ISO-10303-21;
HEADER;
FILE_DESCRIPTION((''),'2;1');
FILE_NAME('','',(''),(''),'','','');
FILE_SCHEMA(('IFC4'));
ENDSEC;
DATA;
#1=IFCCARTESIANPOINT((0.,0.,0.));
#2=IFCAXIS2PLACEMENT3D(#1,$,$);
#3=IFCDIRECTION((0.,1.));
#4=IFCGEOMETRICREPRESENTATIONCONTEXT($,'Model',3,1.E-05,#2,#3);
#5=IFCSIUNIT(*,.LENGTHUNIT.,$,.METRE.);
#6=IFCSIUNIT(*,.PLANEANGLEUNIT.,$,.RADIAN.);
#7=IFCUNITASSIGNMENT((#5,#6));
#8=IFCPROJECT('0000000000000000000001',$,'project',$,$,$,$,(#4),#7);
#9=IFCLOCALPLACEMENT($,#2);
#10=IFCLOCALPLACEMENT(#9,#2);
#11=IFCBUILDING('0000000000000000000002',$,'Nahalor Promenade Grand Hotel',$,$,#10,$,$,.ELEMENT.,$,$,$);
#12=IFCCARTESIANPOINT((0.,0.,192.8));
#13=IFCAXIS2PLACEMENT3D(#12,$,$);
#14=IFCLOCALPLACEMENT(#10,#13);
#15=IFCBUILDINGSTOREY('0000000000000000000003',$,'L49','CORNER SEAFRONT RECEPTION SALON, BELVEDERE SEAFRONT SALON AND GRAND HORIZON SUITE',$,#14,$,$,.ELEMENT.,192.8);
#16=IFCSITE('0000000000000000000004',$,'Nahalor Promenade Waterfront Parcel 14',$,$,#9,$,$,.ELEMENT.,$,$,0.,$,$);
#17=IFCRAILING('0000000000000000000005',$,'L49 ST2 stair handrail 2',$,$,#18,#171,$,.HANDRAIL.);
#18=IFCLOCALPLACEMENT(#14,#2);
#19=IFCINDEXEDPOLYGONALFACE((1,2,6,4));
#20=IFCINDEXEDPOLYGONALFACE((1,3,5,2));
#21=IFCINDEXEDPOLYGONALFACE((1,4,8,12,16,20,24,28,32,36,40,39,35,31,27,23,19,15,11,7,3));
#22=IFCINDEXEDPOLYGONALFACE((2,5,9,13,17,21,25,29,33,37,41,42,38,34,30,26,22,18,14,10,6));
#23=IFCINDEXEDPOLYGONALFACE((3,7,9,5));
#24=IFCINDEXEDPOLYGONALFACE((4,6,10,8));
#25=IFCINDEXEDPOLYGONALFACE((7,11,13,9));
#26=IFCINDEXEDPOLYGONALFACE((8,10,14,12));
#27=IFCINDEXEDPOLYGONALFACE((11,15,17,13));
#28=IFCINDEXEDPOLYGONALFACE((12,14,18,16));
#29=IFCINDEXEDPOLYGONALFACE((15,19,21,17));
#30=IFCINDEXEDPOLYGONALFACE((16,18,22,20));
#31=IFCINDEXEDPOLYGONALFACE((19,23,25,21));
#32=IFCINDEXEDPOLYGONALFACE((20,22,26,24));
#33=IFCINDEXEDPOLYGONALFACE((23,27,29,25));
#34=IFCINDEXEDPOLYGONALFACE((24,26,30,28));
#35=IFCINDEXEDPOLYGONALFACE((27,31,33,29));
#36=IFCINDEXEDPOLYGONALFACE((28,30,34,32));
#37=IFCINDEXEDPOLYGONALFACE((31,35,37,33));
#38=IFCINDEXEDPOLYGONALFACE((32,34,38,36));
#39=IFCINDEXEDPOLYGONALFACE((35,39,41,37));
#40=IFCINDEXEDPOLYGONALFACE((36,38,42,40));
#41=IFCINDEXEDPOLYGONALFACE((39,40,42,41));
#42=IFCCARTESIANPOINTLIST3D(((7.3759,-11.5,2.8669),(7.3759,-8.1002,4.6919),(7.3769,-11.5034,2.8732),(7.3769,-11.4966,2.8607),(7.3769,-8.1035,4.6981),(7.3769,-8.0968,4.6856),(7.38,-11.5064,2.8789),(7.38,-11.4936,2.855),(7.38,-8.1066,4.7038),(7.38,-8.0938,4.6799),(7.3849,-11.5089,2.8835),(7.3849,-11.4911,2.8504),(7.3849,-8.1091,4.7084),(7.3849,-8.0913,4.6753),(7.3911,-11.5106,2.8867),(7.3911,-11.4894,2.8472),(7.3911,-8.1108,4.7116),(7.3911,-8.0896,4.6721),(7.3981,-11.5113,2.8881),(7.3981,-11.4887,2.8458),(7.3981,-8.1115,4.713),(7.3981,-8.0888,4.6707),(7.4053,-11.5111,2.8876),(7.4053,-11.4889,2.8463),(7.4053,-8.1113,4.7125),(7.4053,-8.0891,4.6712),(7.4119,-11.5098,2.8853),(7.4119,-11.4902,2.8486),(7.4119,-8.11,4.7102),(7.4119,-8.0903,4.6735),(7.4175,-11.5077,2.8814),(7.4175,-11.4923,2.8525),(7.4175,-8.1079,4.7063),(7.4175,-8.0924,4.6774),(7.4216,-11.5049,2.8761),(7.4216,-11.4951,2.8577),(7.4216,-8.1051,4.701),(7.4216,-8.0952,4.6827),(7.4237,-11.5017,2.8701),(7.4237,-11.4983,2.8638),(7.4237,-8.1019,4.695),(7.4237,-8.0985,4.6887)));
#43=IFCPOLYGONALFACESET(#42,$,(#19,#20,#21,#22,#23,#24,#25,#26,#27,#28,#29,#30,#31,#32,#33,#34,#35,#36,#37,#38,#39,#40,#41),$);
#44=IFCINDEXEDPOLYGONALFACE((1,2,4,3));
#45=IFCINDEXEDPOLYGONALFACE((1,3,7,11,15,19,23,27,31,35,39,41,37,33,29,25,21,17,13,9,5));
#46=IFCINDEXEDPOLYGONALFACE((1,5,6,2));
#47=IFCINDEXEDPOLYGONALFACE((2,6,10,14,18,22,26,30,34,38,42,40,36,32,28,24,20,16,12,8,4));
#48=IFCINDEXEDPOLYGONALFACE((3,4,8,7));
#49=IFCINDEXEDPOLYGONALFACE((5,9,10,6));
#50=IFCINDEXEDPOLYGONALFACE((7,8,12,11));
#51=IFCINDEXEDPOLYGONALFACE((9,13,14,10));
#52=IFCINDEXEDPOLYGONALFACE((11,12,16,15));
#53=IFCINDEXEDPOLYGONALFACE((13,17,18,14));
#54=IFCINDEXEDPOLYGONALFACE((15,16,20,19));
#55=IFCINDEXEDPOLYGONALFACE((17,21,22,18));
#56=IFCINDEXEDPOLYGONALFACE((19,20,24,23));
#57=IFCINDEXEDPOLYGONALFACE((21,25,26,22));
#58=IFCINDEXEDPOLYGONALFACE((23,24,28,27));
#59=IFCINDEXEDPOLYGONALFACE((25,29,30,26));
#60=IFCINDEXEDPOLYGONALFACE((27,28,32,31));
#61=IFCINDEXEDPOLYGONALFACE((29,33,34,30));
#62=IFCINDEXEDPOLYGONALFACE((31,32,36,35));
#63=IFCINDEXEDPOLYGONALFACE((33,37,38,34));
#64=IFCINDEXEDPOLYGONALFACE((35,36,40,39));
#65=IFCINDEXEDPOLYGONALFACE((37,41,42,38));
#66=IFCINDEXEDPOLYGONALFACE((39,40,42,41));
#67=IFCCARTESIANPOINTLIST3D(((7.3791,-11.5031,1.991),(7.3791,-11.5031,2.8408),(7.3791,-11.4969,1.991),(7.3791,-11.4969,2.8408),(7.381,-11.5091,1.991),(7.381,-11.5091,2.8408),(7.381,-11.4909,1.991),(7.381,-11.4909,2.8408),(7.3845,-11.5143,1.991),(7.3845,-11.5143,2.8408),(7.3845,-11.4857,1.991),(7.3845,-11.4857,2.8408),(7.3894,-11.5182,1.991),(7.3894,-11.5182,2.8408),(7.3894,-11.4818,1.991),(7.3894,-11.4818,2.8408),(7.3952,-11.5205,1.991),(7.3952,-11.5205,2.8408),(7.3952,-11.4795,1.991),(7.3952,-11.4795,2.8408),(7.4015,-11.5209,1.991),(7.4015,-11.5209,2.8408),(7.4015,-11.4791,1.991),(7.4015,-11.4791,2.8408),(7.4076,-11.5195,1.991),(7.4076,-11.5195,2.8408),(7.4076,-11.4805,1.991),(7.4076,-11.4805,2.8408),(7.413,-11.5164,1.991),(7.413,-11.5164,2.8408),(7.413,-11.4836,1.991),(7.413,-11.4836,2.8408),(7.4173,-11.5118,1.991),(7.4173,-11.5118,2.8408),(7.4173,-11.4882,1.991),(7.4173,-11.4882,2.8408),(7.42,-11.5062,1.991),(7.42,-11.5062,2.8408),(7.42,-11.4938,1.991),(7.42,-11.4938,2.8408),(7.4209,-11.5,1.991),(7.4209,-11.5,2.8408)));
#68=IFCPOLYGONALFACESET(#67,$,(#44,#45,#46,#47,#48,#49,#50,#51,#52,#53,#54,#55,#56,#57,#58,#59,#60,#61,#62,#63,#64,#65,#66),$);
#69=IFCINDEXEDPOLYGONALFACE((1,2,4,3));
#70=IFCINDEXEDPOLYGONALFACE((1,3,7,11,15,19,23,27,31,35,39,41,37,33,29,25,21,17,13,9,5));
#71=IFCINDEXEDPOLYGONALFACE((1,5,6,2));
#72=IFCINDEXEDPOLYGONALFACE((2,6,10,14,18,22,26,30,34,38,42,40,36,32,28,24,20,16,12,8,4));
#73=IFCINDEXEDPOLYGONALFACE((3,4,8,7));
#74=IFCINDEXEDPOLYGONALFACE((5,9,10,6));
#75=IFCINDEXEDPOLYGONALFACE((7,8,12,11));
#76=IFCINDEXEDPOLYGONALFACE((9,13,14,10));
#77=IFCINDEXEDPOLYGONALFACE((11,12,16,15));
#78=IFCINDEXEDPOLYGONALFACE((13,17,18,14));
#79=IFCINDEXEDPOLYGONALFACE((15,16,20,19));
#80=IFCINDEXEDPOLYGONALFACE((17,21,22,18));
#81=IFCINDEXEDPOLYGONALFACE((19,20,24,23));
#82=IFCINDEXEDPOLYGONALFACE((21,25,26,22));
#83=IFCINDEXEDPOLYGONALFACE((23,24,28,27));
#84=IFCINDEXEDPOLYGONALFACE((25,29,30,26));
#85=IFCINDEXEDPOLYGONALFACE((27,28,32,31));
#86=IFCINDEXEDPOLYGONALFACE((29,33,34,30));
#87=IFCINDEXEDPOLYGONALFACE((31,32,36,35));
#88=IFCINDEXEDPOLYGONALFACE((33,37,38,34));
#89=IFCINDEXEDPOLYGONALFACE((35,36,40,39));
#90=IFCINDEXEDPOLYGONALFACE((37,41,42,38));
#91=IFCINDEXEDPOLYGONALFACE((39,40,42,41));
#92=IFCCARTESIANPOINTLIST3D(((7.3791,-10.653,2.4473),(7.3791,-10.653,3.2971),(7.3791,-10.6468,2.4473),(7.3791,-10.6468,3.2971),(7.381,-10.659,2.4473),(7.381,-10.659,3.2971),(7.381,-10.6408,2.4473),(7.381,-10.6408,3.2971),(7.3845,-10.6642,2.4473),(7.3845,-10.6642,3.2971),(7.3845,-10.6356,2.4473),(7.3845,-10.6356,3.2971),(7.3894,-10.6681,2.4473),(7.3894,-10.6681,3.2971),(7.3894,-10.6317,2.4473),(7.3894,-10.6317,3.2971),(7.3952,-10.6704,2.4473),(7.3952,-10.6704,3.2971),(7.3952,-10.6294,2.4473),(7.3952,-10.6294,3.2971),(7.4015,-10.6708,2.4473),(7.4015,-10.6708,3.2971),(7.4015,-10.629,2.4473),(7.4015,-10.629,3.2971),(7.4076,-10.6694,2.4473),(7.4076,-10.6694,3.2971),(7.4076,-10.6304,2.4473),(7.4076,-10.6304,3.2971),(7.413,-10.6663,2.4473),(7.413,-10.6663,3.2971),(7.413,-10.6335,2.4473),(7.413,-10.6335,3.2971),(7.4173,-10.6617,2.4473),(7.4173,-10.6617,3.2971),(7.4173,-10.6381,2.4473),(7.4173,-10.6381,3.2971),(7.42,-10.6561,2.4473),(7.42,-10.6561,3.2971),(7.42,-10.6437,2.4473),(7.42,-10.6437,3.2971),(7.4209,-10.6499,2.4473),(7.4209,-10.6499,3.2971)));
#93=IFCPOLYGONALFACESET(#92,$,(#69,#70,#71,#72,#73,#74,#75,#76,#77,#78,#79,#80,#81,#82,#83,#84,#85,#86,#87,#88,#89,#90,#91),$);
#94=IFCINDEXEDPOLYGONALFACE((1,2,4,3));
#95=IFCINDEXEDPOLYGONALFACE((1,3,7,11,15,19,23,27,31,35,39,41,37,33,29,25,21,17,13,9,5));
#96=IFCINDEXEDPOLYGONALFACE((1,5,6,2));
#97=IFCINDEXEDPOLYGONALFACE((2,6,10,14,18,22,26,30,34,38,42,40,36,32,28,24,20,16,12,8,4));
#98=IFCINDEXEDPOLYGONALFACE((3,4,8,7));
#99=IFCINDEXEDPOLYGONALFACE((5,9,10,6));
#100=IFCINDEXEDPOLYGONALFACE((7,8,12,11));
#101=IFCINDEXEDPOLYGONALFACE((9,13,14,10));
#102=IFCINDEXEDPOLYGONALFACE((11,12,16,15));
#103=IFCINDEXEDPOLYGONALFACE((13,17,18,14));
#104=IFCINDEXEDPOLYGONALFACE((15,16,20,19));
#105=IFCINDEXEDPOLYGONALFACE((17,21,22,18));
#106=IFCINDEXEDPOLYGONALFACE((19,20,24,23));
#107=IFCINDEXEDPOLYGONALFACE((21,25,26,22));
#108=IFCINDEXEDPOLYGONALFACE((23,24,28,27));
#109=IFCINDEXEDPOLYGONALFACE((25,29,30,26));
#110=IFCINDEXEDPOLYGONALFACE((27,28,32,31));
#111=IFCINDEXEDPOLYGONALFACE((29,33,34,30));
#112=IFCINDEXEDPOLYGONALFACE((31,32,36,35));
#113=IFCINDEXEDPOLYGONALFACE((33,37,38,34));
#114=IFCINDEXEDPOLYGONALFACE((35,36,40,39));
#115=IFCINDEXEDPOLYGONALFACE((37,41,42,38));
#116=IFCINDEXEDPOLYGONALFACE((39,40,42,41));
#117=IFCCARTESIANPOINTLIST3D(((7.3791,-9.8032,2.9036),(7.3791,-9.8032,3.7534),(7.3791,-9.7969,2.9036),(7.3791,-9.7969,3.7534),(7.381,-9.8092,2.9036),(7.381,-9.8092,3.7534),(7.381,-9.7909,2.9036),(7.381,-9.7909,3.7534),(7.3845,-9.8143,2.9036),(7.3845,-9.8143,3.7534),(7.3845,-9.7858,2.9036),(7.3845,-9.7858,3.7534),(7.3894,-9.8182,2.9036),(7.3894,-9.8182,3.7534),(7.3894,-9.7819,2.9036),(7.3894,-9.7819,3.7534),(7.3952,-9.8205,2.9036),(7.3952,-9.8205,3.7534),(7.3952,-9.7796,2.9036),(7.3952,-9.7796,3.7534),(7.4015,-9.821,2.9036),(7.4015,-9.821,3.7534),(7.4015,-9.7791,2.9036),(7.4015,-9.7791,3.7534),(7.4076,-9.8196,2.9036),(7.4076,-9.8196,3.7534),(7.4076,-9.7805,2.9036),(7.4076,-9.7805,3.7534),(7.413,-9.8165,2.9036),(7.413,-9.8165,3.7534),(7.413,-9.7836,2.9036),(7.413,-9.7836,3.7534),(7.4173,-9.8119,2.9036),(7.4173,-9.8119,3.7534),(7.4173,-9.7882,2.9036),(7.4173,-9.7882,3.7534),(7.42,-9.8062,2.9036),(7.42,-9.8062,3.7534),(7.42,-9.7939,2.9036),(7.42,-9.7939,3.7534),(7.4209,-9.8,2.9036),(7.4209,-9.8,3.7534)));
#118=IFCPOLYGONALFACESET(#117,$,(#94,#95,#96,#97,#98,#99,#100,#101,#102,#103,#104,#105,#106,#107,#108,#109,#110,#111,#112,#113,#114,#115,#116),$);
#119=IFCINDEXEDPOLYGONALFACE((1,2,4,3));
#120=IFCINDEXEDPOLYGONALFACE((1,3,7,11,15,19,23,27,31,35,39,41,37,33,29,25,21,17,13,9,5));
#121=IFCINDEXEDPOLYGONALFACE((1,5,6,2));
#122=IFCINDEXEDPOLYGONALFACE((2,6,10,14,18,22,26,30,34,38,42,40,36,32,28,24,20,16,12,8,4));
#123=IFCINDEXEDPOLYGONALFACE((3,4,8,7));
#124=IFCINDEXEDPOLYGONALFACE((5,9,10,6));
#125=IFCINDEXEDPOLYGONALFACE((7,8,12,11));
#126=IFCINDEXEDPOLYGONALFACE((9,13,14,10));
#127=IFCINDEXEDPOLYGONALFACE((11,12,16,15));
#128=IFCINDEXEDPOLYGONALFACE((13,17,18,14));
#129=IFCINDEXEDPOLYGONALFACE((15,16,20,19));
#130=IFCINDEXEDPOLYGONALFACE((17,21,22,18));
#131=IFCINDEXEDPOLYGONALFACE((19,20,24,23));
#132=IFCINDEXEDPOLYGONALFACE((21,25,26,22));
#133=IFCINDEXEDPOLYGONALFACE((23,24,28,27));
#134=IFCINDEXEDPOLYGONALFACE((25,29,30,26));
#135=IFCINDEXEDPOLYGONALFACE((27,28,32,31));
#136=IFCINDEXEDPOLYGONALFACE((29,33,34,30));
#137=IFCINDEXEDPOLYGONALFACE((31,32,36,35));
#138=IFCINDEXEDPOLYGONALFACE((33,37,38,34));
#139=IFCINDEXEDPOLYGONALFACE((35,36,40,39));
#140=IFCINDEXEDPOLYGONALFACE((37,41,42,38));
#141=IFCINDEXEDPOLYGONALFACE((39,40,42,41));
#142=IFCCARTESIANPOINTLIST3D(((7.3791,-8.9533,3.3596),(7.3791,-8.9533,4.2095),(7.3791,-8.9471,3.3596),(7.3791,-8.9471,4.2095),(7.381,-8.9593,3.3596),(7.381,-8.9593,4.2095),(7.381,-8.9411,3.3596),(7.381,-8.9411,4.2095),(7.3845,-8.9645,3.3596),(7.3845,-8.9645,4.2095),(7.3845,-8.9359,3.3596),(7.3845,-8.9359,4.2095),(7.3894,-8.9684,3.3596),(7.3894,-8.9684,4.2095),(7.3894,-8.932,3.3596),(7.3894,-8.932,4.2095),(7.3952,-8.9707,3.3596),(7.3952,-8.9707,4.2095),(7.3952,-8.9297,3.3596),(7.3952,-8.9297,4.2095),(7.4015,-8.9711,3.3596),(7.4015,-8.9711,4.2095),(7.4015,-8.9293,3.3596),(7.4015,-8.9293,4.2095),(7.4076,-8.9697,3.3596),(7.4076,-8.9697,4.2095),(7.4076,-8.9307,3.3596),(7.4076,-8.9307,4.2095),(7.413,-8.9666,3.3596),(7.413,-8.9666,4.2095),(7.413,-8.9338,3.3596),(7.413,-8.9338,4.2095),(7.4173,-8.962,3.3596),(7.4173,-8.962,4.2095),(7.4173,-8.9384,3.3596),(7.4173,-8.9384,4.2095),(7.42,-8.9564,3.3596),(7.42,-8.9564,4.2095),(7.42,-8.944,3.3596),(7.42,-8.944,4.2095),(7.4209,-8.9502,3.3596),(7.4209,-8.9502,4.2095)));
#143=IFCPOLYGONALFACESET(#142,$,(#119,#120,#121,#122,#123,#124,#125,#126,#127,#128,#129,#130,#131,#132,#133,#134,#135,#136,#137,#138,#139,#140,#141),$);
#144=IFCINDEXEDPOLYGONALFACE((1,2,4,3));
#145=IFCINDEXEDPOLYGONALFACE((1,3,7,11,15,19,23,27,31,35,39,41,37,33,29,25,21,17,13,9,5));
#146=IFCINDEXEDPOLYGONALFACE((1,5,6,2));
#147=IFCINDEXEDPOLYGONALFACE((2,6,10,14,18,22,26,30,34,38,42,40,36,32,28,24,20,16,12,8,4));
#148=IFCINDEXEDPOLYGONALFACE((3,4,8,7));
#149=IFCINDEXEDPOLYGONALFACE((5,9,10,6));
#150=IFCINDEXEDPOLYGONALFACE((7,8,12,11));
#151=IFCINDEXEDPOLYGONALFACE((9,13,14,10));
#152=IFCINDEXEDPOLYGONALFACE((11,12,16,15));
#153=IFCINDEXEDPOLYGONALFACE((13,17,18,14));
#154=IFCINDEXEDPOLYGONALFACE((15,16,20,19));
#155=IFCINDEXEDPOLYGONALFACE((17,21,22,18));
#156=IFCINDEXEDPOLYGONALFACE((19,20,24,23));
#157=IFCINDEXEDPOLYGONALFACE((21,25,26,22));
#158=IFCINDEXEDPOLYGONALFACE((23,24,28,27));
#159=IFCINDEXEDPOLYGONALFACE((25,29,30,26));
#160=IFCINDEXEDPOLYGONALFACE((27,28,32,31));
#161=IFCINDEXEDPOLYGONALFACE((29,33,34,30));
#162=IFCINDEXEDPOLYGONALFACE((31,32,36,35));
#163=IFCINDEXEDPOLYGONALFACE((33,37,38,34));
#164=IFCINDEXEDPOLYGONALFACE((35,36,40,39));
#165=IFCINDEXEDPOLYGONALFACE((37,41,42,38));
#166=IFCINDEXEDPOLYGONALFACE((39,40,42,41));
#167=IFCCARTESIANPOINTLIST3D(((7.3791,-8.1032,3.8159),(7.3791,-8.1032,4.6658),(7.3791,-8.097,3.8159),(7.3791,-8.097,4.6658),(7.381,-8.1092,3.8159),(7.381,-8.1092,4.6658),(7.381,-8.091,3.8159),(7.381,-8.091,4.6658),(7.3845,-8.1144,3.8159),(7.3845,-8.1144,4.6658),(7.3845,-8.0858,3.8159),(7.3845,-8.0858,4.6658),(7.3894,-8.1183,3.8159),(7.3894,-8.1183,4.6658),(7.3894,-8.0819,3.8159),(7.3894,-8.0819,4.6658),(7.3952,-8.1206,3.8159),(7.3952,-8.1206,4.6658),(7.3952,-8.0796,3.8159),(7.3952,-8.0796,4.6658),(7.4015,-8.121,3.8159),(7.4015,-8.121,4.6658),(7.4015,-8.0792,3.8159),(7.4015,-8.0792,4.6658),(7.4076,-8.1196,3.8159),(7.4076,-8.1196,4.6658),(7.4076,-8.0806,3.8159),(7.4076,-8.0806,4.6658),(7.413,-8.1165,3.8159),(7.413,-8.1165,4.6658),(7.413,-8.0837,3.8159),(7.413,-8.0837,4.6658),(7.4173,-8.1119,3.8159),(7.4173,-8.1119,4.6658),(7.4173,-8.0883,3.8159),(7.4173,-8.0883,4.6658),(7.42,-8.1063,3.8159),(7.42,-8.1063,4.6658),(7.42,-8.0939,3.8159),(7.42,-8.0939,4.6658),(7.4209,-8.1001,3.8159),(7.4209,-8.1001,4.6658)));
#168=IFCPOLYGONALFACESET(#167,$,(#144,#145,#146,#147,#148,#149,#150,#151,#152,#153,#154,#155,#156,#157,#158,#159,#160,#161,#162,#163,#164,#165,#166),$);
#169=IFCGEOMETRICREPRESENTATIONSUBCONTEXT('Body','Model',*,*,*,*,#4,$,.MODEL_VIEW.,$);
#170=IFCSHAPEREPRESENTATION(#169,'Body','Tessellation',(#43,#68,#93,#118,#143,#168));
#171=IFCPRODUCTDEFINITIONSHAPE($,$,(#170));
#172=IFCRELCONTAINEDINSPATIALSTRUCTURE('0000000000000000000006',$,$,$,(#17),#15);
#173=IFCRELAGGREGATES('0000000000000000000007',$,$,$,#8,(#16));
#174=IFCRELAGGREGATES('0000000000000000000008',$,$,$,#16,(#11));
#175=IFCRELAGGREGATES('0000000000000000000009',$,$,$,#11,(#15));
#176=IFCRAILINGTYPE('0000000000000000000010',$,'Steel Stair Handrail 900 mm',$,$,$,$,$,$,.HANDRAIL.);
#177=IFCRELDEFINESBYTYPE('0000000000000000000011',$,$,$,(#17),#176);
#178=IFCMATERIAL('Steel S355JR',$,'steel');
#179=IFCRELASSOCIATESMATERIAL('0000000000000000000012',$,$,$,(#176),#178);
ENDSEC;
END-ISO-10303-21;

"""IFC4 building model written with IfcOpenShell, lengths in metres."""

from ifc_helpers import new_model, si_unit, direction, frame, origin, origin_2d, place, context, subcontext, project, spatial, circle, extrude, material, type_object, element, save


model = new_model("IFC4")

# Units and contexts
model_context = context("Model", 3, precision=1e-05, world=origin(), true_north=direction((0.0, 1.0)))
body_context = subcontext(model_context, "Body", "Model", "MODEL_VIEW")
ifc_project = project(units=[si_unit("LENGTHUNIT", "METRE"), si_unit("PLANEANGLEUNIT", "RADIAN")], contexts=[model_context])

# Site, building, storey
site_placement = place(None, origin())
site = spatial("IfcSite", under=ifc_project, at=site_placement, Name="Nahalor Promenade Waterfront Parcel 14", CompositionType="ELEMENT", RefElevation=0.0)
building_placement = place(site_placement, origin())
building = spatial("IfcBuilding", under=site, at=building_placement, Name="Nahalor Promenade Grand Hotel", CompositionType="ELEMENT")
storey_placement = place(building_placement, frame((0.0, 0.0, 192.8)))
storey = spatial("IfcBuildingStorey", under=building, at=storey_placement, Name="L49", Description="CORNER SEAFRONT RECEPTION SALON, BELVEDERE SEAFRONT SALON AND GRAND HORIZON SUITE", CompositionType="ELEMENT", Elevation=192.8)

# Shared definitions
ifc_material_1 = material(Name="Steel S355JR", Category="steel")

# Railing
railing_type_1 = type_object("IfcRailingType", Name="Steel Stair Handrail 900 mm", PredefinedType="HANDRAIL", material=ifc_material_1)
railing_1_placement = place(storey_placement, frame((7.3999, -11.5, 1.991)))
element("IfcRailing", 1, at=railing_1_placement, inside=storey, type_object=railing_type_1, Name="L49 ST2 stair handrail 2", PredefinedType="HANDRAIL", context=body_context, shape_type="SweptSolid", body=[
    extrude(circle(Radius=0.024, at=origin_2d()), frame((0.0, 0.0, 0.876), z_axis=(0.0, 0.881094, 0.472941), x_axis=(-1.0, 0.0, 0.0)), (0.0, 0.0, 1.0), 3.8586),
    extrude(circle(Radius=0.021, at=origin_2d()), origin(), (0.0, 0.0, 1.0), 0.8499),
    extrude(circle(Radius=0.021, at=origin_2d()), frame((0.0, 0.8501, 0.4563)), (0.0, 0.0, 1.0), 0.8499),
    extrude(circle(Radius=0.021, at=origin_2d()), frame((0.0, 1.7, 0.9126)), (0.0, 0.0, 1.0), 0.8499),
    extrude(circle(Radius=0.021, at=origin_2d()), frame((0.0, 2.5498, 1.3687)), (0.0, 0.0, 1.0), 0.8499),
    extrude(circle(Radius=0.021, at=origin_2d()), frame((0.0, 3.3999, 1.825)), (0.0, 0.0, 1.0), 0.8499),
])

save(model, "model.ifc")
